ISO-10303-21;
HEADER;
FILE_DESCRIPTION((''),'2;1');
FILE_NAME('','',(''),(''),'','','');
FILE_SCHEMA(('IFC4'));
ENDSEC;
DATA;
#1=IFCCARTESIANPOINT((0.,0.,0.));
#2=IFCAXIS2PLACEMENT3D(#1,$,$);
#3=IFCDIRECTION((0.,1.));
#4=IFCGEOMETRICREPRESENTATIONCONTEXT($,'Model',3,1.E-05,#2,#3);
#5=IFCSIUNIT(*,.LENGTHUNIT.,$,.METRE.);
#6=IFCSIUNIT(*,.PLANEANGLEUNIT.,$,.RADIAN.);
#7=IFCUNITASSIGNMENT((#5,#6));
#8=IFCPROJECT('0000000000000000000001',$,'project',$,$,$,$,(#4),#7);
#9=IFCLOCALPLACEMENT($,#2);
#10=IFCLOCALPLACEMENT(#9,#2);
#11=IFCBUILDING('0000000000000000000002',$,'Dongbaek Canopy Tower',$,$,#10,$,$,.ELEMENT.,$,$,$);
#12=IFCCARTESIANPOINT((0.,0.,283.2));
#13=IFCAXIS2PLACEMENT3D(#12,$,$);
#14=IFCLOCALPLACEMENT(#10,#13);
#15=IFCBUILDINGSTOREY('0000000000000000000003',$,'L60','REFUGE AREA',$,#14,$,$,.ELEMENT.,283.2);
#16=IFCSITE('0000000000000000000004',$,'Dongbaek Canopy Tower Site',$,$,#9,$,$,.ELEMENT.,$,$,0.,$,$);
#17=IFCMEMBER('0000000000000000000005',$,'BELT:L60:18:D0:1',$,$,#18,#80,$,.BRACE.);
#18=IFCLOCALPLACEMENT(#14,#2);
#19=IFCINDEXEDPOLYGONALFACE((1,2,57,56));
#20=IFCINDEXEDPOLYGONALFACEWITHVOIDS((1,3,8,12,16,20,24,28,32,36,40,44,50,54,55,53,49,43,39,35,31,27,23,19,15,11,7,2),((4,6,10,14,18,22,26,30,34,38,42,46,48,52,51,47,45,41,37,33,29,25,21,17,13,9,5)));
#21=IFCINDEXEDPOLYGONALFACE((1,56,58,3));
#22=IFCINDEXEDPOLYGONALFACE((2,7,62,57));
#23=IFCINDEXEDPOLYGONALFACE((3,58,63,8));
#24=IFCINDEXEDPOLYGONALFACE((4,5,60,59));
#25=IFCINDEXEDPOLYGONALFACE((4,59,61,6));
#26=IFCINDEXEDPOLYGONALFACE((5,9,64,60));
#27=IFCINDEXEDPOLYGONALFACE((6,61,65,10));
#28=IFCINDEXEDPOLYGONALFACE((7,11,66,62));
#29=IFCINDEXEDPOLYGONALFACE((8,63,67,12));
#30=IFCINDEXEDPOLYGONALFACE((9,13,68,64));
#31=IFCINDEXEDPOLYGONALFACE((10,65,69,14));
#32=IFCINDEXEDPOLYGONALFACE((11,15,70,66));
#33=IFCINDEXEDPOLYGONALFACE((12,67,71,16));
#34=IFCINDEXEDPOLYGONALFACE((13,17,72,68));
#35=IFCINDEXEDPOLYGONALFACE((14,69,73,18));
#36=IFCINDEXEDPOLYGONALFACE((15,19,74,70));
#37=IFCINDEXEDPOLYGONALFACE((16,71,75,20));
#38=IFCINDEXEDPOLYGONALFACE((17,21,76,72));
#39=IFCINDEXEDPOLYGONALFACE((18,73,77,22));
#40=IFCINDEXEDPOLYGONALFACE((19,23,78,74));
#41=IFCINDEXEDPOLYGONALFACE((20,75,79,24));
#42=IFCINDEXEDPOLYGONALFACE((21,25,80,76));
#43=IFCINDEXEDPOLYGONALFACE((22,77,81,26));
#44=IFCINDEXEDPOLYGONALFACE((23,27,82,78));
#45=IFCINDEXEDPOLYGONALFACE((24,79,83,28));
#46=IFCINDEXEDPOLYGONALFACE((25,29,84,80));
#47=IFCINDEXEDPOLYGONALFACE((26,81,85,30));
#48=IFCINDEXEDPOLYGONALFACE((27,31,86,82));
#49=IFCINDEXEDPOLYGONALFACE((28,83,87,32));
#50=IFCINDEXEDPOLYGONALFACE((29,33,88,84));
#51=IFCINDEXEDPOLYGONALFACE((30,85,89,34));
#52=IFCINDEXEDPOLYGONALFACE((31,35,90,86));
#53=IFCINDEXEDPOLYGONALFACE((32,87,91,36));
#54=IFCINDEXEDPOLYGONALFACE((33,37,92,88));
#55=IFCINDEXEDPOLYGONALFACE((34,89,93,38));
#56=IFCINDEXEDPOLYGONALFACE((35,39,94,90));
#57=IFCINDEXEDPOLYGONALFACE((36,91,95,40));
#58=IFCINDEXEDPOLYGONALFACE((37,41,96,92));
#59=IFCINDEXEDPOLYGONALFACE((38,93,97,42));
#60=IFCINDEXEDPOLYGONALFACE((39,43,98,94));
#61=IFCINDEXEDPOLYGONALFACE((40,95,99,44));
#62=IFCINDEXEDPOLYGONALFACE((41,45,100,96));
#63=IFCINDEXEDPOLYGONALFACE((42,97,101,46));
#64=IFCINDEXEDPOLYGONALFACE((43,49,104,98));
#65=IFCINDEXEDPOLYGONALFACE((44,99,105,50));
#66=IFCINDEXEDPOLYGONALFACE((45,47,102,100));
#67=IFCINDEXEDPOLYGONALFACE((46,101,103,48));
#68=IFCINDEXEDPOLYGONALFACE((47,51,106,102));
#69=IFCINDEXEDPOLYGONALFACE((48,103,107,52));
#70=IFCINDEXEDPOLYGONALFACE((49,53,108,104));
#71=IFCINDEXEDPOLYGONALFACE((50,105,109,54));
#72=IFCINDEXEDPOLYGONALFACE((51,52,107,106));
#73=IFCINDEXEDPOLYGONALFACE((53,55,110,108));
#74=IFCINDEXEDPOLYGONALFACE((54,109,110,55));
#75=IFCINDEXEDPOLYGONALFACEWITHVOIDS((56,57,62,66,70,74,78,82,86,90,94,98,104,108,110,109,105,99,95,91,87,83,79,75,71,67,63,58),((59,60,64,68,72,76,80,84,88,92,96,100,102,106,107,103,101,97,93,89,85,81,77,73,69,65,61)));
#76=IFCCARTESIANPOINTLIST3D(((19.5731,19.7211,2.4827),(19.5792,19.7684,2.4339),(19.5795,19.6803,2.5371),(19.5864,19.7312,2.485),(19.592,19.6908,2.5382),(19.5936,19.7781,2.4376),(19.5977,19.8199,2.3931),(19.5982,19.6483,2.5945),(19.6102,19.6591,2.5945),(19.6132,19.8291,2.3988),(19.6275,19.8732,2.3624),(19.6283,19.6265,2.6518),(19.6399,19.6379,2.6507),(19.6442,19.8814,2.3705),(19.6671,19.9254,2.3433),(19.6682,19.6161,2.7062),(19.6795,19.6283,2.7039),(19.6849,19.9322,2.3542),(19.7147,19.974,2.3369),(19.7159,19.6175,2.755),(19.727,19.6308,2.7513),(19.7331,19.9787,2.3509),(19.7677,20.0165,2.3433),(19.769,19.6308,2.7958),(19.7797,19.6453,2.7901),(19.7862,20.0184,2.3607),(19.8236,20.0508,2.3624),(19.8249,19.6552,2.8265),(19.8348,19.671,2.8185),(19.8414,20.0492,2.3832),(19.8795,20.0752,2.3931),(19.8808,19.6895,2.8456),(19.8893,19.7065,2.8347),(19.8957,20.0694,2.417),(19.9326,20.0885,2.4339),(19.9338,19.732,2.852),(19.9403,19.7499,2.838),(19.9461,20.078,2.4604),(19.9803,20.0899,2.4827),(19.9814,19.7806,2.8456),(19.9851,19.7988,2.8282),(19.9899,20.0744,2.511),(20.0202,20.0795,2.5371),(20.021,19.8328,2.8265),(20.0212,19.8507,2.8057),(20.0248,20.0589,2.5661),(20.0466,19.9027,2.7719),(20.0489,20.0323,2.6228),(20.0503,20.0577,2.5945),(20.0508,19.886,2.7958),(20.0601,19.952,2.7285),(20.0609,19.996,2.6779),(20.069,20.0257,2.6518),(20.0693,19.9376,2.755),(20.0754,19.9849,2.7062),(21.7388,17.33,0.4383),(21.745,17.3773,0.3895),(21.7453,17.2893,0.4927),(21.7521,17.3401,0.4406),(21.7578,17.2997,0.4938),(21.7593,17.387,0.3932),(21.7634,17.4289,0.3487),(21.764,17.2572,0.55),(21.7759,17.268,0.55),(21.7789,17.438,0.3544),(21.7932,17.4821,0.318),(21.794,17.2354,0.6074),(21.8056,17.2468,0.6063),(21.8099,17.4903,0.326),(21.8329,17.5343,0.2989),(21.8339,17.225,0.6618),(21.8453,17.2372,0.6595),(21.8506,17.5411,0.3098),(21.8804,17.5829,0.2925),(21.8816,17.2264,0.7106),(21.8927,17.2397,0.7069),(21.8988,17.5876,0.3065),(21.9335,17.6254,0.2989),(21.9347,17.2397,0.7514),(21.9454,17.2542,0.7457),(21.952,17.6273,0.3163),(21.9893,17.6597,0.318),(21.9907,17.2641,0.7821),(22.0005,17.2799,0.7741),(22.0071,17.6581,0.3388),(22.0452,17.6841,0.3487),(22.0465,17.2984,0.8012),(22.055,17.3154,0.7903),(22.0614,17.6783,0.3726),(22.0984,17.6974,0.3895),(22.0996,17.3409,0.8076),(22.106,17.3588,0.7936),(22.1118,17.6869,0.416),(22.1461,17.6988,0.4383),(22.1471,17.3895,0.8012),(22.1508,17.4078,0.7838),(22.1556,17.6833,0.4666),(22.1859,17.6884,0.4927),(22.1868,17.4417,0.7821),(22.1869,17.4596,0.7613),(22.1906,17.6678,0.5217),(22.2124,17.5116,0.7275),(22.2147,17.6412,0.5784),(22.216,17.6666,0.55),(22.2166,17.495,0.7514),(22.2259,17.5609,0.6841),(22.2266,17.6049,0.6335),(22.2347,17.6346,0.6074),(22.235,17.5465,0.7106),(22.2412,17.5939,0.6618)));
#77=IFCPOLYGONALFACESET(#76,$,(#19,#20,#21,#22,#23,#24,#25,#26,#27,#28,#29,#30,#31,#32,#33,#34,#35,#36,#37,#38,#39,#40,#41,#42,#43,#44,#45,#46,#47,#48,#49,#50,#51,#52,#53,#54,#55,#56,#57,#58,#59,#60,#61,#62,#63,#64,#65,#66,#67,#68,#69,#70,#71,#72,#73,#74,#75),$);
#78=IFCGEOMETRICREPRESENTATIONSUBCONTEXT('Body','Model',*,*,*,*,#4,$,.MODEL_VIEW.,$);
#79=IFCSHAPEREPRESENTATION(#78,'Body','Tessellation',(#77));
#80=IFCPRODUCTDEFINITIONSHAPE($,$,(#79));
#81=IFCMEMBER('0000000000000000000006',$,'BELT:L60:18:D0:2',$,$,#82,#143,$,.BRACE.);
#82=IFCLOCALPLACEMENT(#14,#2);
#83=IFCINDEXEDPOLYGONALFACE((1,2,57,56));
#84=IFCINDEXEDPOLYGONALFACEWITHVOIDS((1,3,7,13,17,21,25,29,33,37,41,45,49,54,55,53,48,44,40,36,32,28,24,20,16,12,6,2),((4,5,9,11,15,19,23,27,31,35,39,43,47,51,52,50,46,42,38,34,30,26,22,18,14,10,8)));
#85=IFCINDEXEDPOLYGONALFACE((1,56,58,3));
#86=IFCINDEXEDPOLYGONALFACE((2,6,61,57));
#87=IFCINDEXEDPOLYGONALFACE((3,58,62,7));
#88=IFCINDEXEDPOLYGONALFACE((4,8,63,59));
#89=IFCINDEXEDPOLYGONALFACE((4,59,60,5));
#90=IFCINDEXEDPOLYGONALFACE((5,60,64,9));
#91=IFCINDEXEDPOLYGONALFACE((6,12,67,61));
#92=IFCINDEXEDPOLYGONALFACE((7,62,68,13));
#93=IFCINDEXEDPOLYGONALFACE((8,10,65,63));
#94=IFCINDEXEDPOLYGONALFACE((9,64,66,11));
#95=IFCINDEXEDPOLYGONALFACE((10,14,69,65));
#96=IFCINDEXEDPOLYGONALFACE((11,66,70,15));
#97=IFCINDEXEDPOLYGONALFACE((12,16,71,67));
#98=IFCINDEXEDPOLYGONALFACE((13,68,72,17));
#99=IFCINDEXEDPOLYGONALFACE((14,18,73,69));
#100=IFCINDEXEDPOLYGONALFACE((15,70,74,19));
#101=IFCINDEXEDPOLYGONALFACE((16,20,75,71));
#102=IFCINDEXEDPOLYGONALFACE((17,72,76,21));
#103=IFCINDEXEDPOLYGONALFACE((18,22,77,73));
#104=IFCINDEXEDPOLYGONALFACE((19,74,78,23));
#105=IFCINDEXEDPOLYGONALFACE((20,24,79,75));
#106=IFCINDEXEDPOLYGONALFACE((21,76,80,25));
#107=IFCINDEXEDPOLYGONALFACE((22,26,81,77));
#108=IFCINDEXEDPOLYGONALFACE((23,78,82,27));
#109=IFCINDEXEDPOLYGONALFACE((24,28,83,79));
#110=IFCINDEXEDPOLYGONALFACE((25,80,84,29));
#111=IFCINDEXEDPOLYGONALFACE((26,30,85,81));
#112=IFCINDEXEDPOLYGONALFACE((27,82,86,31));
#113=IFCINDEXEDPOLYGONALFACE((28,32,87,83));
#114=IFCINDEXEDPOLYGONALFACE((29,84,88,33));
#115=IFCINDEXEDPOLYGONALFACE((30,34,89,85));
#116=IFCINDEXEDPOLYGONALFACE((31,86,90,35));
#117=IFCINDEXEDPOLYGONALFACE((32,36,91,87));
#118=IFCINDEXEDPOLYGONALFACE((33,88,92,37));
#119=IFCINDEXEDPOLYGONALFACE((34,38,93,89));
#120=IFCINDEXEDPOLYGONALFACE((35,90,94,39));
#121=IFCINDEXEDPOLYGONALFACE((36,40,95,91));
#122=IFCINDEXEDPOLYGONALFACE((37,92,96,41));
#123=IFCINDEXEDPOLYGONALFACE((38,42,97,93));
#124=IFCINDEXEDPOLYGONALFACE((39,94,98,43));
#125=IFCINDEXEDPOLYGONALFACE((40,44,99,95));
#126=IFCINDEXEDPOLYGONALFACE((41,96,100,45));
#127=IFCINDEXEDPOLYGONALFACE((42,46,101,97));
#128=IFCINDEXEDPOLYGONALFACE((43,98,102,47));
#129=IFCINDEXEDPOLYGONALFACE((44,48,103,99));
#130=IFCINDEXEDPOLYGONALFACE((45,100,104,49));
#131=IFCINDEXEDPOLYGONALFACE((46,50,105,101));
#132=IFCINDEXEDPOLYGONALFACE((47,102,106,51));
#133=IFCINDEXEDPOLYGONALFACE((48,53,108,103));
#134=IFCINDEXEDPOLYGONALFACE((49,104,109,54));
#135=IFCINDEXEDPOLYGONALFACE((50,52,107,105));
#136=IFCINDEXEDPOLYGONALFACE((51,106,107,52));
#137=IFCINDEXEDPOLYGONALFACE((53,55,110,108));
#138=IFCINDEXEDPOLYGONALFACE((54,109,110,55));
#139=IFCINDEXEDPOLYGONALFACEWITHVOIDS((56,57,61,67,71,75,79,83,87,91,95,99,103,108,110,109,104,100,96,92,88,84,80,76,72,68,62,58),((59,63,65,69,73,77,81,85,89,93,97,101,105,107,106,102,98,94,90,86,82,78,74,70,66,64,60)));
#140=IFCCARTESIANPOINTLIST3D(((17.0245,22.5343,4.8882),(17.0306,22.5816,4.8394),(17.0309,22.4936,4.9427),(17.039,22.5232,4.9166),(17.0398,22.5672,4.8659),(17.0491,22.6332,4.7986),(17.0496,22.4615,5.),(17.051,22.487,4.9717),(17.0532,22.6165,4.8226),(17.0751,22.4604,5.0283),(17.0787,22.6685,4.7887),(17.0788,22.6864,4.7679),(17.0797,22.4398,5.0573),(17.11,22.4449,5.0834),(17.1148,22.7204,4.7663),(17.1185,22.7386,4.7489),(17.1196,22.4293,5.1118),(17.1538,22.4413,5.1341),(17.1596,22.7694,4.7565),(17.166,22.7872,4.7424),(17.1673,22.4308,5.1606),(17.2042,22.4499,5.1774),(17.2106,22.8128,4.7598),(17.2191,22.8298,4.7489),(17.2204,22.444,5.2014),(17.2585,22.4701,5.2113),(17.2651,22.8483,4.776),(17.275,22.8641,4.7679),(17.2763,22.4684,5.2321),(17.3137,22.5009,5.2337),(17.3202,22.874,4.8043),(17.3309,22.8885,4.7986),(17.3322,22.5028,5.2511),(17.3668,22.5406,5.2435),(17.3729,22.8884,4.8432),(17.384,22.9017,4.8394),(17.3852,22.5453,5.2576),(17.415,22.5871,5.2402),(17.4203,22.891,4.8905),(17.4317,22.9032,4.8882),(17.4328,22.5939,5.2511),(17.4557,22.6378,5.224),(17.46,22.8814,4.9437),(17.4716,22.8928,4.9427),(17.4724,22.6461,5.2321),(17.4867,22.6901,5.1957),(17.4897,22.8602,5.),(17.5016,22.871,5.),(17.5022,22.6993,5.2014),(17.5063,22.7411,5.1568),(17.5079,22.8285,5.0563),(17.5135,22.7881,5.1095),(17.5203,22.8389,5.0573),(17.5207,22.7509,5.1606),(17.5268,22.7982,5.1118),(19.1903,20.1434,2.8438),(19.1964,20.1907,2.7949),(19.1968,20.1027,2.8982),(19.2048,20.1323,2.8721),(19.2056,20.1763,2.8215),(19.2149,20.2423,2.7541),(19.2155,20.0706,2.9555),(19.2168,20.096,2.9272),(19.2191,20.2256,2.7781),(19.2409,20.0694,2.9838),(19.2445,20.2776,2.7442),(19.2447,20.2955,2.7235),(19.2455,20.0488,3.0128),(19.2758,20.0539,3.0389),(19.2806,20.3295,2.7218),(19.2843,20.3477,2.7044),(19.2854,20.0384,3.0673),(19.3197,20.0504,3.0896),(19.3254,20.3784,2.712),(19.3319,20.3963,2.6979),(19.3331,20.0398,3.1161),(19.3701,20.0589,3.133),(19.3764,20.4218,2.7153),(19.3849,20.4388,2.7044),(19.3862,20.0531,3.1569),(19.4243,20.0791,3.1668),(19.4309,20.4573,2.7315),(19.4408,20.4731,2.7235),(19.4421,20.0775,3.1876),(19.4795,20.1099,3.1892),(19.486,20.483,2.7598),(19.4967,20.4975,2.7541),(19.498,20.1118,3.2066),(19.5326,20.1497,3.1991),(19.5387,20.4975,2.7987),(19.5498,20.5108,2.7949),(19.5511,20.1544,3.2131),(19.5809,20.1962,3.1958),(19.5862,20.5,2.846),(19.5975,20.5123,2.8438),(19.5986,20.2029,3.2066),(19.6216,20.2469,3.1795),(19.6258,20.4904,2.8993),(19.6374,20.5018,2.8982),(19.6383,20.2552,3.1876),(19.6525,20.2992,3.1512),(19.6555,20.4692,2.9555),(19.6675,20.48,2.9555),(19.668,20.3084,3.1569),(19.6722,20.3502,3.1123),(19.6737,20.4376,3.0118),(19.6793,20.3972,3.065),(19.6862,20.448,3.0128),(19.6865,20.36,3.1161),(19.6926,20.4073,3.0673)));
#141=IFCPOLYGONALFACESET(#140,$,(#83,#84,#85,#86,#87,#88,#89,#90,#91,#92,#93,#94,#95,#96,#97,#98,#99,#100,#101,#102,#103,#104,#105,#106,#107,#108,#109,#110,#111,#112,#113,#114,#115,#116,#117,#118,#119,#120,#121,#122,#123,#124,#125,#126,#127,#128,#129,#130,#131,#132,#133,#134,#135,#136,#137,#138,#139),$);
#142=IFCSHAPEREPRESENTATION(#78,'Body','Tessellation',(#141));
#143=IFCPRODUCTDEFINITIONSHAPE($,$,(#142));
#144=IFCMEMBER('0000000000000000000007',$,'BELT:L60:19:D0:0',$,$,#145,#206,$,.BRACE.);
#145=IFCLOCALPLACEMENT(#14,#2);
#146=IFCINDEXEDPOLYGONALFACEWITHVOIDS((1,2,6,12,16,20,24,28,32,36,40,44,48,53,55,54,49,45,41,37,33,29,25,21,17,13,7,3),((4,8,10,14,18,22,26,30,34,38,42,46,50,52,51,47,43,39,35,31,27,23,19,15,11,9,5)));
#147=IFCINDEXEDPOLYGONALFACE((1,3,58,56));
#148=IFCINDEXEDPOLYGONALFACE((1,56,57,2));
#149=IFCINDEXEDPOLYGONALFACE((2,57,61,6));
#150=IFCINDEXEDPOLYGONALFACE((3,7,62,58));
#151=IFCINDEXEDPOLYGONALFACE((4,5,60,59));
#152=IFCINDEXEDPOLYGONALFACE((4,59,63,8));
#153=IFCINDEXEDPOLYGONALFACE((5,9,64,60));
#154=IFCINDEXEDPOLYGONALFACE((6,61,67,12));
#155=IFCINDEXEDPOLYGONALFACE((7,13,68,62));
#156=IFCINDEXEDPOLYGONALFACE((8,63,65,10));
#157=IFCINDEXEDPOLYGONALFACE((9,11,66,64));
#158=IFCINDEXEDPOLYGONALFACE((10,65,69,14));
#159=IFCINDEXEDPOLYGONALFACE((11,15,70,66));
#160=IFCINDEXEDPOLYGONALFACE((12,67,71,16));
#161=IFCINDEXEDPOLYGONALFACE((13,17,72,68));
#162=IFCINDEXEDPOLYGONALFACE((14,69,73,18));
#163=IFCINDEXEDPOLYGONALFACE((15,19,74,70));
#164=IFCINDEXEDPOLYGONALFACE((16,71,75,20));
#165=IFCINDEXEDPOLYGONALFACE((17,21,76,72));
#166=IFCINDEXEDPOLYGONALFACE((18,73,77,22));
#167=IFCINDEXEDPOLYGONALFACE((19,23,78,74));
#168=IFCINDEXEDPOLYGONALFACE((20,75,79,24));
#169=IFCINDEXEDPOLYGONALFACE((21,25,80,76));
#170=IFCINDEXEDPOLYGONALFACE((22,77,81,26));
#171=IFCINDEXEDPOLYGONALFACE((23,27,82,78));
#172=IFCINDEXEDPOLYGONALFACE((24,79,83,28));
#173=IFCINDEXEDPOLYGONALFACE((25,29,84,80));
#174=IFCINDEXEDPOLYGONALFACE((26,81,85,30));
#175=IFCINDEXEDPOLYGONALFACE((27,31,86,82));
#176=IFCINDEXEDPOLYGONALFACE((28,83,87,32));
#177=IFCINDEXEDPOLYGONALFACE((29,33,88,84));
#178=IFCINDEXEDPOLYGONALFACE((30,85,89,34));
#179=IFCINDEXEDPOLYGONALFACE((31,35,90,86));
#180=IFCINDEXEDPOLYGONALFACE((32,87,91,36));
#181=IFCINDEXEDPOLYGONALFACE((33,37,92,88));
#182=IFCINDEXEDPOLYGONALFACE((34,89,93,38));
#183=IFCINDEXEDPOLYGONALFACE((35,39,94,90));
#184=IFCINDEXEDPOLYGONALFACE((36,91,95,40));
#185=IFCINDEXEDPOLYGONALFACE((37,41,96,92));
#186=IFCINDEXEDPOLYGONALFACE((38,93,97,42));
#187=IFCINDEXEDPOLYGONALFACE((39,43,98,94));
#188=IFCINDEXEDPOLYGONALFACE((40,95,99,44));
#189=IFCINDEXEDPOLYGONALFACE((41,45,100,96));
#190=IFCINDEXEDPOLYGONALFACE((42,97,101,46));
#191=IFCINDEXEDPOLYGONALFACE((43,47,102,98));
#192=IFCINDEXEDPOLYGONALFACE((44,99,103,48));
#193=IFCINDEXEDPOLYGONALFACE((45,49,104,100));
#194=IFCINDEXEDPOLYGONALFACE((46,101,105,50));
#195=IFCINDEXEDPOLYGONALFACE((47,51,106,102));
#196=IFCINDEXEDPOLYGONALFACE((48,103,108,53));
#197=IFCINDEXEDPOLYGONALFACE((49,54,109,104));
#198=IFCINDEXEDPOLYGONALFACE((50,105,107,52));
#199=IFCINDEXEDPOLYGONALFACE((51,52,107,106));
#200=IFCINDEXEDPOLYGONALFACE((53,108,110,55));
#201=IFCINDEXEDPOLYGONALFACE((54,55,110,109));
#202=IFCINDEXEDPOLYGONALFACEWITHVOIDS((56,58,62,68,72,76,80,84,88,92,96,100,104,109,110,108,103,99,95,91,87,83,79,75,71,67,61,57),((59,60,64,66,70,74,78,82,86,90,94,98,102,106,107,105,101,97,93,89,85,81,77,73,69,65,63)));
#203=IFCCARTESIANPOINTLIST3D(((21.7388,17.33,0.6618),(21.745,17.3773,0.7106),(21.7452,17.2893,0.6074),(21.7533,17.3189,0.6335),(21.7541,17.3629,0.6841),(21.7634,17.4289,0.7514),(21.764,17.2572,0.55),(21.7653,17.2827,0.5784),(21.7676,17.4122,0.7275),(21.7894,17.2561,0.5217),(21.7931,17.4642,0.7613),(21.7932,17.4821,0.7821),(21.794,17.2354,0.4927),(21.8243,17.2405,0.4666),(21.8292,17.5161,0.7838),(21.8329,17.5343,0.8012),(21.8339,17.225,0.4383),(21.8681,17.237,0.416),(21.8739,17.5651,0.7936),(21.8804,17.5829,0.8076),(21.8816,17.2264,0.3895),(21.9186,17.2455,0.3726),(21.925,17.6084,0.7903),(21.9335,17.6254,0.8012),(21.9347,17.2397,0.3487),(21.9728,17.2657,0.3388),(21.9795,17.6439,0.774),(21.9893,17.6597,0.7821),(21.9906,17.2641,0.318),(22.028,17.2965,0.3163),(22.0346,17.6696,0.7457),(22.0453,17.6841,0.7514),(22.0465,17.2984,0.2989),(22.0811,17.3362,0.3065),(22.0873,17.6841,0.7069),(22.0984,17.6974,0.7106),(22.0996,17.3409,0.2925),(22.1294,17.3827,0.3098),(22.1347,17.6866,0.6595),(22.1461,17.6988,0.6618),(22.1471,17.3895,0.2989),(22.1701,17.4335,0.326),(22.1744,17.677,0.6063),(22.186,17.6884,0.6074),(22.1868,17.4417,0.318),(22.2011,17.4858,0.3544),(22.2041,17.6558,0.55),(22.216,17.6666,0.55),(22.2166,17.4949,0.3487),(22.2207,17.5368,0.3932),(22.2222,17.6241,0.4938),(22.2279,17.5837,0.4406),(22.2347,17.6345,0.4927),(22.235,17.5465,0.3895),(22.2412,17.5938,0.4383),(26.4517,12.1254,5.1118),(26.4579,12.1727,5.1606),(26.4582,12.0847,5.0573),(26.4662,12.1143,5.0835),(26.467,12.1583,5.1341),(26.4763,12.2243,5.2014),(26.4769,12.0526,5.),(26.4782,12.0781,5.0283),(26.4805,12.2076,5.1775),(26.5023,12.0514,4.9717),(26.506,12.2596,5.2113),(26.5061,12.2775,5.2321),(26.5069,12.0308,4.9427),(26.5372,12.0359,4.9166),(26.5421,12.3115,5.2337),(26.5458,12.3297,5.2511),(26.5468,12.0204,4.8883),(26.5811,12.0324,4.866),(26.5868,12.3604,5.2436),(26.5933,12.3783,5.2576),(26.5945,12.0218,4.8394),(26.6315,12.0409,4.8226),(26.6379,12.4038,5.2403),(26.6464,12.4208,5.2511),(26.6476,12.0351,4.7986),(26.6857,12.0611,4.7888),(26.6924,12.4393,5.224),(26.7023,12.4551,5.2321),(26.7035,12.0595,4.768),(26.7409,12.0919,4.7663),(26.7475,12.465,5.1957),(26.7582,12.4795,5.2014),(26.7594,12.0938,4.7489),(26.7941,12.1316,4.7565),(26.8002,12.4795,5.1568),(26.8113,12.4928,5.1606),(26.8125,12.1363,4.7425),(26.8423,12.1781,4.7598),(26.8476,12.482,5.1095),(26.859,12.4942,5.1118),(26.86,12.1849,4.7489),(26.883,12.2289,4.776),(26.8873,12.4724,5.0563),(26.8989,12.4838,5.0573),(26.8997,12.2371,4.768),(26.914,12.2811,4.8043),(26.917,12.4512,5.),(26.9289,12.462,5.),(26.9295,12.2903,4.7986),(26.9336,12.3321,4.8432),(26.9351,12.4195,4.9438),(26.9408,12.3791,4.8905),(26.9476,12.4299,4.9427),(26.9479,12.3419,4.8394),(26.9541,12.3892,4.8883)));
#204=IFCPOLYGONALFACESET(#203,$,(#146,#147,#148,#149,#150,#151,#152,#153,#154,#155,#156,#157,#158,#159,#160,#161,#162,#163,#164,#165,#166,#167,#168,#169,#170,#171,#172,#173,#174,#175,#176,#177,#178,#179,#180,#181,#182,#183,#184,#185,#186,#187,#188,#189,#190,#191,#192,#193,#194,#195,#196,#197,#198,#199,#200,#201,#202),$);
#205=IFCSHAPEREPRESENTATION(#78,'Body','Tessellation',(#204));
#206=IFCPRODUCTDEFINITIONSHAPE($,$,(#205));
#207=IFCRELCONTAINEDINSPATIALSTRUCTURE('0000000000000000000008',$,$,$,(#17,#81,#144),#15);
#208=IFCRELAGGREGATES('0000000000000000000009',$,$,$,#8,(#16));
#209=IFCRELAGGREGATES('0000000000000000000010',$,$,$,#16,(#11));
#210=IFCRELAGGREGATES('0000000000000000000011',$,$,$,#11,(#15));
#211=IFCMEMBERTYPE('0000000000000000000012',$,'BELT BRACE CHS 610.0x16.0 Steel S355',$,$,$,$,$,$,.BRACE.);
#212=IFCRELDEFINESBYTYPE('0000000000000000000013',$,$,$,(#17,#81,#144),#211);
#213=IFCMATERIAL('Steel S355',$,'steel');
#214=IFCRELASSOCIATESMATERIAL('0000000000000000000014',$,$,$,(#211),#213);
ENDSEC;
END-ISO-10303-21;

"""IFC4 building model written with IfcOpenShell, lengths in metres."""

from ifc_helpers import new_model, si_unit, direction, frame, origin, origin_2d, place, context, subcontext, project, spatial, hollow_circle, extrude, material, material_profile, profile_set, type_object, element, save


model = new_model("IFC4")

# Units and contexts
model_context = context("Model", 3, precision=1e-05, world=origin(), true_north=direction((0.0, 1.0)))
body_context = subcontext(model_context, "Body", "Model", "MODEL_VIEW")
ifc_project = project(units=[si_unit("LENGTHUNIT", "METRE"), si_unit("PLANEANGLEUNIT", "RADIAN")], contexts=[model_context])

# Site, building, storey
site_placement = place(None, origin())
site = spatial("IfcSite", under=ifc_project, at=site_placement, Name="Dongbaek Canopy Tower Site", CompositionType="ELEMENT", RefElevation=0.0)
building_placement = place(site_placement, origin())
building = spatial("IfcBuilding", under=site, at=building_placement, Name="Dongbaek Canopy Tower", CompositionType="ELEMENT")
storey_placement = place(building_placement, frame((0.0, 0.0, 283.2)))
storey = spatial("IfcBuildingStorey", under=building, at=storey_placement, Name="L60", Description="REFUGE AREA", CompositionType="ELEMENT", Elevation=283.2)

# Members
ifc_material_1 = material(Name="Steel S355", Category="steel")
ifc_material_profile_1 = material_profile(ifc_material_1, hollow_circle(Radius=0.3049, WallThickness=0.0161, at=origin_2d()), Name="BELT BRACE CHS 610.0x16.0 Steel S355")
ifc_profile_set_1 = profile_set([ifc_material_profile_1], Name="Steel S355")
member_type_1 = type_object("IfcMemberType", Name="BELT BRACE CHS 610.0x16.0 Steel S355", PredefinedType="BRACE", material=ifc_profile_set_1)
for number, where, z_axis, x_axis, name in (
    (1, (21.99, 17.4619, 0.55), (-0.567047, 0.626047, 0.535278), (-0.741168, -0.671319, 0.0), "BELT:L60:18:D0:1"),
    (2, (17.2756, 22.6663, 5.0), (0.56707, -0.626008, -0.5353), (0.741134, 0.671357, 0.0), "BELT:L60:18:D0:2"),
):
    element("IfcMember", number, at=place(storey_placement, frame(where, z_axis=z_axis, x_axis=x_axis)), inside=storey, type_object=member_type_1, Name=name, PredefinedType="BRACE", context=body_context, shape_type="SweptSolid", body=[
        extrude(hollow_circle(Radius=0.3049, WallThickness=0.0161, at=origin_2d()), origin(), (0.0, 0.0, 1.0), 3.8193),
    ])
member_1_placement = place(storey_placement, frame((21.99, 17.4619, 0.55), z_axis=(0.56695, -0.6261, 0.535319), x_axis=(0.741254, 0.671225, 0.0)))
element("IfcMember", 3, at=member_1_placement, inside=storey, type_object=member_type_1, Name="BELT:L60:19:D0:0", PredefinedType="BRACE", context=body_context, shape_type="SweptSolid", body=[
    extrude(hollow_circle(Radius=0.3049, WallThickness=0.0161, at=origin_2d()), origin(), (0.0, 0.0, 1.0), 8.3127),
])

save(model, "model.ifc")
